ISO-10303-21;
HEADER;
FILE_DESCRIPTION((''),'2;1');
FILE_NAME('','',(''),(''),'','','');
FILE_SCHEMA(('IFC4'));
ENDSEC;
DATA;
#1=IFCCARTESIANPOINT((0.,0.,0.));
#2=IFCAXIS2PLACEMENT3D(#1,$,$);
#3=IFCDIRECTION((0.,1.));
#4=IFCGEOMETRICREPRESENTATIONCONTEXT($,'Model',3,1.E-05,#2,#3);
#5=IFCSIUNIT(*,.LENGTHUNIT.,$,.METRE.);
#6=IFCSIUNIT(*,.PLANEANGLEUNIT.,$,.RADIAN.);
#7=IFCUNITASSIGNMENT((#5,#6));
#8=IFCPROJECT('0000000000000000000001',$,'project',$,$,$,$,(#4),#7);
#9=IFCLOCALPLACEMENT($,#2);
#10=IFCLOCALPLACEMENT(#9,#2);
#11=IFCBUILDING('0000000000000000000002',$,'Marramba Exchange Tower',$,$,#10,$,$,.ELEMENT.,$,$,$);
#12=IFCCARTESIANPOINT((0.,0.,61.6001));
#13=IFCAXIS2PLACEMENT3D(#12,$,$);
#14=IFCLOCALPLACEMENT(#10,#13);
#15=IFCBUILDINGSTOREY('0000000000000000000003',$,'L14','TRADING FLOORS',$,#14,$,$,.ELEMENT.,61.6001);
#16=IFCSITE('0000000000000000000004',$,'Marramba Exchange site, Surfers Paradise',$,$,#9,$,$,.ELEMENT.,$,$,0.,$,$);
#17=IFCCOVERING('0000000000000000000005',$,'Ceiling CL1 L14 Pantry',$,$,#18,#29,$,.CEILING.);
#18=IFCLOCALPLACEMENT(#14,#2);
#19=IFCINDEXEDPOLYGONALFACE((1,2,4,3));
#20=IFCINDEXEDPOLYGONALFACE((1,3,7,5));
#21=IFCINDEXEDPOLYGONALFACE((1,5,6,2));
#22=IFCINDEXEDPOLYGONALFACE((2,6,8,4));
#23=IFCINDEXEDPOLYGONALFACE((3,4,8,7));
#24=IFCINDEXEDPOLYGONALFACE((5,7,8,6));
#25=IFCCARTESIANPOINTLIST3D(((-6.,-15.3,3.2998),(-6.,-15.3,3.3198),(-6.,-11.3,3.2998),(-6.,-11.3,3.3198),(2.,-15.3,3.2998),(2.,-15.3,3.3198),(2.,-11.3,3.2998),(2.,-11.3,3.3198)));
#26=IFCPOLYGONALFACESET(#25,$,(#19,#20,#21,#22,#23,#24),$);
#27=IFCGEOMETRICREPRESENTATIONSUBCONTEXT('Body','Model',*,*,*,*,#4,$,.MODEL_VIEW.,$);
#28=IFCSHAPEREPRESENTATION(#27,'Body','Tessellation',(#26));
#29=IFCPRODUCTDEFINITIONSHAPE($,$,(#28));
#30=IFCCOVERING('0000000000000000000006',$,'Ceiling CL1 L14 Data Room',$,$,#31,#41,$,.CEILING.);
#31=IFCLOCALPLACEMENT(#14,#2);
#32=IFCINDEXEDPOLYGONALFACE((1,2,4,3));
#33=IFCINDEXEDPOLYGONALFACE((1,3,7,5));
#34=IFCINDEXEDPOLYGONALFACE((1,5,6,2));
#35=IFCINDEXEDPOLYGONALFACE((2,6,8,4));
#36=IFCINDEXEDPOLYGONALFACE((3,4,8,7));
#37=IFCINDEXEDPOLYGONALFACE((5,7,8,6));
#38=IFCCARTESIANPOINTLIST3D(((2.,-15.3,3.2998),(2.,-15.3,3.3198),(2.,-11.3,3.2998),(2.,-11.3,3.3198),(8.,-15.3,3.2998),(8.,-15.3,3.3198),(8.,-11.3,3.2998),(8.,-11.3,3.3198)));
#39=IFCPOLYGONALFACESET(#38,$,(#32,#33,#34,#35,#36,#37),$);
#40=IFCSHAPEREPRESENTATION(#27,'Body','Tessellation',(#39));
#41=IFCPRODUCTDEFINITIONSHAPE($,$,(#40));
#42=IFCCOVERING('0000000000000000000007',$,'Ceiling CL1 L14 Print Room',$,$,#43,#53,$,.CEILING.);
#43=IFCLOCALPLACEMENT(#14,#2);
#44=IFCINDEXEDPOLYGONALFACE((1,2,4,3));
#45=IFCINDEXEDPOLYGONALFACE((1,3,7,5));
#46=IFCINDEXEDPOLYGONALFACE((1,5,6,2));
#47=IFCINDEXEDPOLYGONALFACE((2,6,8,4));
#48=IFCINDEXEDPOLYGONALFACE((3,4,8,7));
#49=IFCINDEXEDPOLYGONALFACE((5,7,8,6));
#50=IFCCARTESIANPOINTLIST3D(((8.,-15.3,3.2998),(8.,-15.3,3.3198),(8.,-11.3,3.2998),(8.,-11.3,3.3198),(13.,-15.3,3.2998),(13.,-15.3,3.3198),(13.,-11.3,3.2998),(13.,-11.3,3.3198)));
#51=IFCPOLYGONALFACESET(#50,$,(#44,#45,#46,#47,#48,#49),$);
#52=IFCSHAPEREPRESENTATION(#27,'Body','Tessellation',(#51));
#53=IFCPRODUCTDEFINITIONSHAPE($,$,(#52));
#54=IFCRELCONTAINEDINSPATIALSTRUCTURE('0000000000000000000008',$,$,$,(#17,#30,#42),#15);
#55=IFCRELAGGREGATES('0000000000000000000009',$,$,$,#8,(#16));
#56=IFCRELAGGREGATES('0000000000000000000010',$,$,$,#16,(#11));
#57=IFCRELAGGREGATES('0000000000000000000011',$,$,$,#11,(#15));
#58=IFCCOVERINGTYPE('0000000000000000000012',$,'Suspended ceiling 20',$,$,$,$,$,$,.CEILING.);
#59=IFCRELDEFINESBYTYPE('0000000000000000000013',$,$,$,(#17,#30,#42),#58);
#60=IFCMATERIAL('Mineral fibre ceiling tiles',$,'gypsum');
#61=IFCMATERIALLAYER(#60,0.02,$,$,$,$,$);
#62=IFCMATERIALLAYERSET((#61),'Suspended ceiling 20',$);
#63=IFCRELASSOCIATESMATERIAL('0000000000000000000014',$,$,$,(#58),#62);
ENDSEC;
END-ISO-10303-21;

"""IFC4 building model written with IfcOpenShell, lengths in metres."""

from ifc_helpers import new_model, si_unit, direction, frame, origin, place, context, subcontext, project, spatial, polyline, outline, extrude, material, layer, layer_set, type_object, element, save


model = new_model("IFC4")

# Units and contexts
model_context = context("Model", 3, precision=1e-05, world=origin(), true_north=direction((0.0, 1.0)))
body_context = subcontext(model_context, "Body", "Model", "MODEL_VIEW")
ifc_project = project(units=[si_unit("LENGTHUNIT", "METRE"), si_unit("PLANEANGLEUNIT", "RADIAN")], contexts=[model_context])

# Site, building, storey
site_placement = place(None, origin())
site = spatial("IfcSite", under=ifc_project, at=site_placement, Name="Marramba Exchange site, Surfers Paradise", CompositionType="ELEMENT", RefElevation=0.0)
building_placement = place(site_placement, origin())
building = spatial("IfcBuilding", under=site, at=building_placement, Name="Marramba Exchange Tower", CompositionType="ELEMENT")
storey_placement = place(building_placement, frame((0.0, 0.0, 61.6001)))
storey = spatial("IfcBuildingStorey", under=building, at=storey_placement, Name="L14", Description="TRADING FLOORS", CompositionType="ELEMENT", Elevation=61.6001)

# Coverings
ifc_material_1 = material(Name="Mineral fibre ceiling tiles", Category="gypsum")
ifc_layer_1 = layer(ifc_material_1, 0.02)
ifc_layer_set_1 = layer_set([ifc_layer_1], Name="Suspended ceiling 20")
covering_type_1 = type_object("IfcCoveringType", Name="Suspended ceiling 20", PredefinedType="CEILING", material=ifc_layer_set_1)
covering_1_placement = place(storey_placement, frame((0.0, 0.0, 3.2998)))
element("IfcCovering", 1, at=covering_1_placement, inside=storey, type_object=covering_type_1, Name="Ceiling CL1 L14 Pantry", PredefinedType="CEILING", context=body_context, shape_type="SweptSolid", body=[
    extrude(outline(polyline([(2.0, -15.3), (-6.0, -15.3), (-6.0, -11.3), (2.0, -11.3), (2.0, -15.3)])), origin(), (0.0, 0.0, 1.0), 0.02),
])
covering_2_placement = place(storey_placement, frame((0.0, 0.0, 3.2998)))
element("IfcCovering", 2, at=covering_2_placement, inside=storey, type_object=covering_type_1, Name="Ceiling CL1 L14 Data Room", PredefinedType="CEILING", context=body_context, shape_type="SweptSolid", body=[
    extrude(outline(polyline([(8.0, -15.3), (2.0, -15.3), (2.0, -11.3), (8.0, -11.3), (8.0, -15.3)])), origin(), (0.0, 0.0, 1.0), 0.02),
])
covering_3_placement = place(storey_placement, frame((0.0, 0.0, 3.2998)))
element("IfcCovering", 3, at=covering_3_placement, inside=storey, type_object=covering_type_1, Name="Ceiling CL1 L14 Print Room", PredefinedType="CEILING", context=body_context, shape_type="SweptSolid", body=[
    extrude(outline(polyline([(13.0, -11.3), (13.0, -15.3), (8.0, -15.3), (8.0, -11.3), (13.0, -11.3)])), origin(), (0.0, 0.0, 1.0), 0.02),
])

save(model, "model.ifc")
